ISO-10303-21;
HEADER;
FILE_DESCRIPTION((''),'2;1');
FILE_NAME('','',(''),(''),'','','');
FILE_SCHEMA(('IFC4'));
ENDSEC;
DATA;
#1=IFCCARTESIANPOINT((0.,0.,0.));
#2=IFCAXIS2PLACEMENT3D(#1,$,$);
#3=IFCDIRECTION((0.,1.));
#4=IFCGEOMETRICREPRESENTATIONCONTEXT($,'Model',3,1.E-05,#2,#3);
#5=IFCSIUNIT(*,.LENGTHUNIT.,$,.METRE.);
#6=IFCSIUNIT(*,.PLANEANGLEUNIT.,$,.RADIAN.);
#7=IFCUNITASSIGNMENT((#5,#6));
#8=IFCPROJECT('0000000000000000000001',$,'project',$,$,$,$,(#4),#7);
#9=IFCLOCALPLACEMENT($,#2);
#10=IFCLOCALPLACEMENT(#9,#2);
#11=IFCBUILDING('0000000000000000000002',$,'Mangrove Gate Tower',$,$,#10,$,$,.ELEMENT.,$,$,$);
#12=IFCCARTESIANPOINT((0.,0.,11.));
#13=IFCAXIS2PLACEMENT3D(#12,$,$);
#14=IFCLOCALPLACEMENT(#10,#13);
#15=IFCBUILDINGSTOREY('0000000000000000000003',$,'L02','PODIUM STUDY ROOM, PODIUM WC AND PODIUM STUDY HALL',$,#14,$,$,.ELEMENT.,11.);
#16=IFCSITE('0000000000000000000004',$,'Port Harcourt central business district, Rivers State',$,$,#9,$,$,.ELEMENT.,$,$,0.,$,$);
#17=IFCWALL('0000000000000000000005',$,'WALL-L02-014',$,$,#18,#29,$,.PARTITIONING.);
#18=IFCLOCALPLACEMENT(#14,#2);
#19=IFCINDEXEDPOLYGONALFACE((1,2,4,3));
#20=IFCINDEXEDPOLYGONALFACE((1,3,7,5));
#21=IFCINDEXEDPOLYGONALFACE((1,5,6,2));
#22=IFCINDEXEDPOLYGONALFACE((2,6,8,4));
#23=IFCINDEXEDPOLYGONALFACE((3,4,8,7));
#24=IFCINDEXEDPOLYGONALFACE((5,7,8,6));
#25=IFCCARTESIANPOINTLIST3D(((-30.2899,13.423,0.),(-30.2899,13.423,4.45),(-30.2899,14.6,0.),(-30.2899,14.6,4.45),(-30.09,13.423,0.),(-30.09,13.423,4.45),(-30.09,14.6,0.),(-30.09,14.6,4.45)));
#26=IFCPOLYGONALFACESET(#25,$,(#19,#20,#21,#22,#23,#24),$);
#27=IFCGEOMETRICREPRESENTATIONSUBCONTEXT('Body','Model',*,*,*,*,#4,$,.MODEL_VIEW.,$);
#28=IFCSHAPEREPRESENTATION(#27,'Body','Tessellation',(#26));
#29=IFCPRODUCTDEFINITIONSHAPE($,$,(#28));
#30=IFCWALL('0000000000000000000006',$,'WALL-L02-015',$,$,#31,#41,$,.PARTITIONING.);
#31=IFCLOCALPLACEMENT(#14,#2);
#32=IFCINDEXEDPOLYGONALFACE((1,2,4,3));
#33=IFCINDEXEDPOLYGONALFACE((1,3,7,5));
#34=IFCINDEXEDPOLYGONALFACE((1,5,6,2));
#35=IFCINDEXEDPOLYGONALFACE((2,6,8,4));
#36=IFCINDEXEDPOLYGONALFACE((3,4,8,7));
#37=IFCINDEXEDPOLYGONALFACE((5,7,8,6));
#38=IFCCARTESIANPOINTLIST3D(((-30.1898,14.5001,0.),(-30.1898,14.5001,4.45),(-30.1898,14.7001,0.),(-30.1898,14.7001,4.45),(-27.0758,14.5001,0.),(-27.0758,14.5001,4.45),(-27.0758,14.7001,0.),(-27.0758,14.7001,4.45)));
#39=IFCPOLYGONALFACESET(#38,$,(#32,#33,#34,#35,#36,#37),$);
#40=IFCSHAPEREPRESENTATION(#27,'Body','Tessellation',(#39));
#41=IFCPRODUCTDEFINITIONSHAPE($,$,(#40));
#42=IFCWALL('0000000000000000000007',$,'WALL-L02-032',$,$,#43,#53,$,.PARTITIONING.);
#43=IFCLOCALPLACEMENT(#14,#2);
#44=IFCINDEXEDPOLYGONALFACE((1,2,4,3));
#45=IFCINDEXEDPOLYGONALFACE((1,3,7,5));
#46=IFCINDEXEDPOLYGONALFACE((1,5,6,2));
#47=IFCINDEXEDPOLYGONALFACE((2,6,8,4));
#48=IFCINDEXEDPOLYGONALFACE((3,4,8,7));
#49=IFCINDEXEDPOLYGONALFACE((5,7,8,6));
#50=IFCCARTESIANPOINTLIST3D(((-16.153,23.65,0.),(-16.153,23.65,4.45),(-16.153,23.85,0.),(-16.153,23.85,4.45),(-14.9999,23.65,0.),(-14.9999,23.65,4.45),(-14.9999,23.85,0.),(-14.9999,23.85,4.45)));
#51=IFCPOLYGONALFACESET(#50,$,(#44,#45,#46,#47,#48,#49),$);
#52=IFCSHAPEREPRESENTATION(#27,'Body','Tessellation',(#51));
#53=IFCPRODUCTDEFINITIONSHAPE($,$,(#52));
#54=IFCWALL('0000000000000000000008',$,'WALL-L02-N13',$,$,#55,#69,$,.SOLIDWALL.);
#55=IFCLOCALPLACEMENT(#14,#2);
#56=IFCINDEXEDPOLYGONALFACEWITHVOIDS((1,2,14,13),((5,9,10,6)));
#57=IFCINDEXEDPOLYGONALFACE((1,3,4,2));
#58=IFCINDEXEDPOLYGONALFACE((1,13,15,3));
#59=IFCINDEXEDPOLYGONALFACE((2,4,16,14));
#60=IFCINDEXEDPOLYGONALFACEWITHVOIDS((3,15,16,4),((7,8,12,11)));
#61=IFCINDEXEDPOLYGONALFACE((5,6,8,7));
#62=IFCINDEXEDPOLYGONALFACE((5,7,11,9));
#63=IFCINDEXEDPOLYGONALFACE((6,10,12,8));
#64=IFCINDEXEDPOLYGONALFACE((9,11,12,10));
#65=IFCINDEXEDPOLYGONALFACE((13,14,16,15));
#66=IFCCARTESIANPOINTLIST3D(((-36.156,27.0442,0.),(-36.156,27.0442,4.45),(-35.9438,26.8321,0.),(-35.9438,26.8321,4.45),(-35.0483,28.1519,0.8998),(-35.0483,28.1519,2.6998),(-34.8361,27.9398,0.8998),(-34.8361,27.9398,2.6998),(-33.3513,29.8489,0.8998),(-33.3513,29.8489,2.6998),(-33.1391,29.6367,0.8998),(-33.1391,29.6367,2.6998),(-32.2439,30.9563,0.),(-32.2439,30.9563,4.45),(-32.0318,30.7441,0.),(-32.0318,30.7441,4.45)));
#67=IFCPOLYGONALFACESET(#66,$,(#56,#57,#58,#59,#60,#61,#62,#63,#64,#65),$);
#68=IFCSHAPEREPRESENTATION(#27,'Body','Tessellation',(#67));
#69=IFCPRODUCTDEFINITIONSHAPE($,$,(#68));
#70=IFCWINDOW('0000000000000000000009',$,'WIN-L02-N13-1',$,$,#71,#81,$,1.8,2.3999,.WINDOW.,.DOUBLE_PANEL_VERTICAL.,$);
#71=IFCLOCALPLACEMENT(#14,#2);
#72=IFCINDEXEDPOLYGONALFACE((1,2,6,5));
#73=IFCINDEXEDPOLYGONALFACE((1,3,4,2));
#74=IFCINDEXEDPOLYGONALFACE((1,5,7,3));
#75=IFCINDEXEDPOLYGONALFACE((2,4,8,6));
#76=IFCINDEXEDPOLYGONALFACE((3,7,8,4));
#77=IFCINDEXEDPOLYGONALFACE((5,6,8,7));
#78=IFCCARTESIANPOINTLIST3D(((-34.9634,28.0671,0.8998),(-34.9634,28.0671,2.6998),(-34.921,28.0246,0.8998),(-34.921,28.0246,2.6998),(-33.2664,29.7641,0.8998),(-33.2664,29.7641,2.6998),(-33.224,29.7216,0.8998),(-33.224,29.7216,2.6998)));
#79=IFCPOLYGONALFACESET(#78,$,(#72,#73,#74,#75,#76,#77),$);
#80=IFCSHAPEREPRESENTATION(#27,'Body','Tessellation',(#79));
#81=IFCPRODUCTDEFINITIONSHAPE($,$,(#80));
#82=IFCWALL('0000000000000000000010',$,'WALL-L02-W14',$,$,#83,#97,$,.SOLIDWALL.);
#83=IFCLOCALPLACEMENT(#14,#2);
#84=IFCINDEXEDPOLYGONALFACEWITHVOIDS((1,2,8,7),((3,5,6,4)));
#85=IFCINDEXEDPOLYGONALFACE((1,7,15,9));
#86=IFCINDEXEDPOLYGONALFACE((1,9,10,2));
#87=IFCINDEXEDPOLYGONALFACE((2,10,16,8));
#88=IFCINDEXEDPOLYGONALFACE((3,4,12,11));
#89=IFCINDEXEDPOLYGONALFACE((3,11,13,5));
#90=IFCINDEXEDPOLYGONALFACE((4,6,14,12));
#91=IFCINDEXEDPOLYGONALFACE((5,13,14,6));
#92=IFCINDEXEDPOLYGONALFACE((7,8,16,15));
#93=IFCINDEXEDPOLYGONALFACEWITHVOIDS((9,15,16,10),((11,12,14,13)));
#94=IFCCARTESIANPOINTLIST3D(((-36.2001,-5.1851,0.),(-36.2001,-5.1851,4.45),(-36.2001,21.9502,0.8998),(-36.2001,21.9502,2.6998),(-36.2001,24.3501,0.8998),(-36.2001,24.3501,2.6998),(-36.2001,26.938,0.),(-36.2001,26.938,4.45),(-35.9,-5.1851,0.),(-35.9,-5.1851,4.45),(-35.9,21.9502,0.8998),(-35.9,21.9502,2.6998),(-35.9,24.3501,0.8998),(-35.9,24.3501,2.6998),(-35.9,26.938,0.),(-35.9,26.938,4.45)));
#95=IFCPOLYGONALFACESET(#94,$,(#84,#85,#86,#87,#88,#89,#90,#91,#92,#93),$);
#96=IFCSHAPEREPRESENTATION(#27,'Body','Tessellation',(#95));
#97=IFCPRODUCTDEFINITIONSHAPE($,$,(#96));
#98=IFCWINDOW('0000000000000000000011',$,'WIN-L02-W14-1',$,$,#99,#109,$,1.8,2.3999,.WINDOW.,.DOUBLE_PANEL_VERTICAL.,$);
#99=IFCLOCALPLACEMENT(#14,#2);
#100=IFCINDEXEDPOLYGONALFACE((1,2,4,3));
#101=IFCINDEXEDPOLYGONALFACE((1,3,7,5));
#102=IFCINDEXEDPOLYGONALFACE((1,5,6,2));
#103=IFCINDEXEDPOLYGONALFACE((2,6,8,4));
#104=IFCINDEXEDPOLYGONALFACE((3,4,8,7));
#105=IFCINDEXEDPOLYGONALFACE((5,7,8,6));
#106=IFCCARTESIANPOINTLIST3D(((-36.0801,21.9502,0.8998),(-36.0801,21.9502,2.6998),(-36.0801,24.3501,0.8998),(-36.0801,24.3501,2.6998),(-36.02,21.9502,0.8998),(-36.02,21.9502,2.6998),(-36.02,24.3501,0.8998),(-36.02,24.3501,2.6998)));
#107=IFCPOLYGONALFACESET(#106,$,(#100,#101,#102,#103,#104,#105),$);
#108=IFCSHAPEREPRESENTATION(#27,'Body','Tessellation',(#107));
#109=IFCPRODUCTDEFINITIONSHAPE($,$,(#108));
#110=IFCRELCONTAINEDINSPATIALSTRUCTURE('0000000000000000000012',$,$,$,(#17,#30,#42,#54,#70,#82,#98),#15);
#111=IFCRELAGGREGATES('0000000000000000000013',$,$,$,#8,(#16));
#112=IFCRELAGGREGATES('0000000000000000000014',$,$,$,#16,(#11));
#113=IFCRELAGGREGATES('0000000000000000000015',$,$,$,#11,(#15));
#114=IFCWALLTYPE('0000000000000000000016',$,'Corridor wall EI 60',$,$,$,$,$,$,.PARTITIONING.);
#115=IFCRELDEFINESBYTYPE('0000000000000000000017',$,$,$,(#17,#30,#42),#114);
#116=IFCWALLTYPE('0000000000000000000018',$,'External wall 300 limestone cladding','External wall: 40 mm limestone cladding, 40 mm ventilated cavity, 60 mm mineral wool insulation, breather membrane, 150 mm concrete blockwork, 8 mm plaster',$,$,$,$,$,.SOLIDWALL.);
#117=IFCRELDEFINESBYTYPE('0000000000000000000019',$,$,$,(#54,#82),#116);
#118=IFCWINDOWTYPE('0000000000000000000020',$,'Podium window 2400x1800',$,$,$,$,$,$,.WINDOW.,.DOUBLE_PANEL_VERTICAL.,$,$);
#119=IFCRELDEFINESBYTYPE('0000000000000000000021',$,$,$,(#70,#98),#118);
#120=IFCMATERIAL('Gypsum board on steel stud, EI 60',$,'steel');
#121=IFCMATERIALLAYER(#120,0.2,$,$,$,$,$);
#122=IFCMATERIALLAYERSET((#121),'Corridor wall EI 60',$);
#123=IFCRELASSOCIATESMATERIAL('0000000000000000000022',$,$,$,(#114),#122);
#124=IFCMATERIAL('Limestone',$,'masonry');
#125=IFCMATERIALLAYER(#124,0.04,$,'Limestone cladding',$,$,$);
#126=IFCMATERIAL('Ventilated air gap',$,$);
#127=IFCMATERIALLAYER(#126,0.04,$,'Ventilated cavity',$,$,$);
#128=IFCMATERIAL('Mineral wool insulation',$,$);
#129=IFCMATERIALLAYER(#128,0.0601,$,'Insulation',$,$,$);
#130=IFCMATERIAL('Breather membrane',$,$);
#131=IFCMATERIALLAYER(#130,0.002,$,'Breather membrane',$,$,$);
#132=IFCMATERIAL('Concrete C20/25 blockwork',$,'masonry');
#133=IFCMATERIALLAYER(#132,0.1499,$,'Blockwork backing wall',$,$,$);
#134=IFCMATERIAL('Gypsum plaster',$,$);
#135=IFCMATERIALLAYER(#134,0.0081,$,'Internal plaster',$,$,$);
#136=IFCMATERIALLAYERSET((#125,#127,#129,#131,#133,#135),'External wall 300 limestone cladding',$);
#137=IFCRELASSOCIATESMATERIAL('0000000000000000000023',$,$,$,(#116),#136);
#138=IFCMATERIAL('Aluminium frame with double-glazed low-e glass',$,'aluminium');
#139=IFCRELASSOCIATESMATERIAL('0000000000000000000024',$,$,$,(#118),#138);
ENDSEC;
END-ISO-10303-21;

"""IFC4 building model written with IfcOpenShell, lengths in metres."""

from ifc_helpers import new_model, si_unit, direction, frame, frame_2d, origin, place, context, subcontext, project, spatial, rectangle, extrude, material, layer, layer_set, type_object, element, fill, save


model = new_model("IFC4")

# Units and contexts
model_context = context("Model", 3, precision=1e-05, world=origin(), true_north=direction((0.0, 1.0)))
body_context = subcontext(model_context, "Body", "Model", "MODEL_VIEW")
ifc_project = project(units=[si_unit("LENGTHUNIT", "METRE"), si_unit("PLANEANGLEUNIT", "RADIAN")], contexts=[model_context])

# Site, building, storey
site_placement = place(None, origin())
site = spatial("IfcSite", under=ifc_project, at=site_placement, Name="Port Harcourt central business district, Rivers State", CompositionType="ELEMENT", RefElevation=0.0)
building_placement = place(site_placement, origin())
building = spatial("IfcBuilding", under=site, at=building_placement, Name="Mangrove Gate Tower", CompositionType="ELEMENT")
storey_placement = place(building_placement, frame((0.0, 0.0, 11.0)))
storey = spatial("IfcBuildingStorey", under=building, at=storey_placement, Name="L02", Description="PODIUM STUDY ROOM, PODIUM WC AND PODIUM STUDY HALL", CompositionType="ELEMENT", Elevation=11.0)

# Walls
ifc_material_1 = material(Name="Gypsum board on steel stud, EI 60", Category="steel")
ifc_layer_1 = layer(ifc_material_1, 0.2)
ifc_layer_set_1 = layer_set([ifc_layer_1], Name="Corridor wall EI 60")
wall_type_1 = type_object("IfcWallType", Name="Corridor wall EI 60", PredefinedType="PARTITIONING", material=ifc_layer_set_1)
wall_1_placement = place(storey_placement, frame((-30.1899, 13.4231, 0.0), z_axis=(0.0, 0.0, 1.0), x_axis=(0.0, 1.0, 0.0)))
element("IfcWall", 1, at=wall_1_placement, inside=storey, type_object=wall_type_1, Name="WALL-L02-014", PredefinedType="PARTITIONING", context=body_context, shape_type="SweptSolid", body=[
    extrude(rectangle(XDim=1.177, YDim=0.2, at=frame_2d((0.5884, 0.0))), origin(), (0.0, 0.0, 1.0), 4.45),
])
wall_2_placement = place(storey_placement, frame((-30.1899, 14.6001, 0.0), z_axis=(0.0, 0.0, 1.0), x_axis=(1.0, 0.0, 0.0)))
element("IfcWall", 2, at=wall_2_placement, inside=storey, type_object=wall_type_1, Name="WALL-L02-015", PredefinedType="PARTITIONING", context=body_context, shape_type="SweptSolid", body=[
    extrude(rectangle(XDim=3.114, YDim=0.2, at=frame_2d((1.5571, 0.0))), origin(), (0.0, 0.0, 1.0), 4.45),
])
wall_3_placement = place(storey_placement, frame((-16.1531, 23.75, 0.0), z_axis=(0.0, 0.0, 1.0), x_axis=(1.0, 0.0, 0.0)))
element("IfcWall", 3, at=wall_3_placement, inside=storey, type_object=wall_type_1, Name="WALL-L02-032", PredefinedType="PARTITIONING", context=body_context, shape_type="SweptSolid", body=[
    extrude(rectangle(XDim=1.1531, YDim=0.2, at=frame_2d((0.5767, 0.0))), origin(), (0.0, 0.0, 1.0), 4.45),
])

# Walls, openings, windows
ifc_material_2 = material(Name="Limestone", Category="masonry")
ifc_layer_2 = layer(ifc_material_2, 0.04, Name="Limestone cladding")
ifc_material_3 = material(Name="Ventilated air gap")
ifc_layer_3 = layer(ifc_material_3, 0.04, Name="Ventilated cavity")
ifc_material_4 = material(Name="Mineral wool insulation")
ifc_layer_4 = layer(ifc_material_4, 0.0601, Name="Insulation")
ifc_material_5 = material(Name="Breather membrane")
ifc_layer_5 = layer(ifc_material_5, 0.002, Name="Breather membrane")
ifc_material_6 = material(Name="Concrete C20/25 blockwork", Category="masonry")
ifc_layer_6 = layer(ifc_material_6, 0.1499, Name="Blockwork backing wall")
ifc_material_7 = material(Name="Gypsum plaster")
ifc_layer_7 = layer(ifc_material_7, 0.0081, Name="Internal plaster")
ifc_layer_set_2 = layer_set([ifc_layer_2, ifc_layer_3, ifc_layer_4, ifc_layer_5, ifc_layer_6, ifc_layer_7], Name="External wall 300 limestone cladding")
wall_type_2 = type_object("IfcWallType", Name="External wall 300 limestone cladding", Description="External wall: 40 mm limestone cladding, 40 mm ventilated cavity, 60 mm mineral wool insulation, breather membrane, 150 mm concrete blockwork, 8 mm plaster", PredefinedType="SOLIDWALL", material=ifc_layer_set_2)
wall_4_placement = place(storey_placement, frame((-32.1379, 30.8501, 0.0), z_axis=(0.0, 0.0, 1.0), x_axis=(-0.707107, -0.707107, 0.0)))
wall_4 = element("IfcWall", 4, at=wall_4_placement, inside=storey, type_object=wall_type_2, Name="WALL-L02-N13", PredefinedType="SOLIDWALL", context=body_context, shape_type="SweptSolid", body=[
    extrude(rectangle(XDim=5.5325, YDim=0.3, at=frame_2d((2.7661, 0.0))), origin(), (0.0, 0.0, 1.0), 4.45),
])
opening_1_placement = place(wall_4_placement, frame((1.5659, 0.0, 0.8999)))
opening_1 = element("IfcOpeningElement", 5, at=opening_1_placement, cuts=wall_4, PredefinedType="OPENING", context=body_context, shape_type="SweptSolid", body=[
    extrude(rectangle(XDim=2.3999, YDim=1.8, at=frame_2d((1.2, 0.8999))), frame((0.0, 0.1599, 0.0), z_axis=(0.0, -1.0, 0.0), x_axis=(1.0, 0.0, 0.0)), (0.0, 0.0, 1.0), 0.3201),
])
ifc_material_8 = material(Name="Aluminium frame with double-glazed low-e glass", Category="aluminium")
window_type = type_object("IfcWindowType", Name="Podium window 2400x1800", PartitioningType="DOUBLE_PANEL_VERTICAL", PredefinedType="WINDOW", material=ifc_material_8)
window_1_placement = place(opening_1_placement, origin())
window_1 = element("IfcWindow", 6, at=window_1_placement, inside=storey, type_object=window_type, Name="WIN-L02-N13-1", OverallHeight=1.8, OverallWidth=2.3999, PartitioningType="DOUBLE_PANEL_VERTICAL", PredefinedType="WINDOW", context=body_context, shape_type="SweptSolid", body=[
    extrude(rectangle(XDim=2.3999, YDim=1.8, at=frame_2d((1.2, 0.8999))), frame((0.0, 0.03, 0.0), z_axis=(0.0, -1.0, 0.0), x_axis=(1.0, 0.0, 0.0)), (0.0, 0.0, 1.0), 0.0601),
])
fill(opening_1, window_1)
wall_5_placement = place(storey_placement, frame((-36.05, 26.938, 0.0), z_axis=(0.0, 0.0, 1.0), x_axis=(0.0, -1.0, 0.0)))
wall_5 = element("IfcWall", 7, at=wall_5_placement, inside=storey, type_object=wall_type_2, Name="WALL-L02-W14", PredefinedType="SOLIDWALL", context=body_context, shape_type="SweptSolid", body=[
    extrude(rectangle(XDim=32.123, YDim=0.3, at=frame_2d((16.0615, 0.0))), origin(), (0.0, 0.0, 1.0), 4.45),
])
opening_2_placement = place(wall_5_placement, frame((2.5879, 0.0, 0.8999)))
opening_2 = element("IfcOpeningElement", 8, at=opening_2_placement, cuts=wall_5, PredefinedType="OPENING", context=body_context, shape_type="SweptSolid", body=[
    extrude(rectangle(XDim=2.3999, YDim=1.8, at=frame_2d((1.2, 0.8999))), frame((0.0, 0.1599, 0.0), z_axis=(0.0, -1.0, 0.0), x_axis=(1.0, 0.0, 0.0)), (0.0, 0.0, 1.0), 0.3201),
])
window_2_placement = place(opening_2_placement, origin())
window_2 = element("IfcWindow", 9, at=window_2_placement, inside=storey, type_object=window_type, Name="WIN-L02-W14-1", OverallHeight=1.8, OverallWidth=2.3999, PartitioningType="DOUBLE_PANEL_VERTICAL", PredefinedType="WINDOW", context=body_context, shape_type="SweptSolid", body=[
    extrude(rectangle(XDim=2.3999, YDim=1.8, at=frame_2d((1.2, 0.8999))), frame((0.0, 0.03, 0.0), z_axis=(0.0, -1.0, 0.0), x_axis=(1.0, 0.0, 0.0)), (0.0, 0.0, 1.0), 0.0601),
])
fill(opening_2, window_2)

save(model, "model.ifc")
